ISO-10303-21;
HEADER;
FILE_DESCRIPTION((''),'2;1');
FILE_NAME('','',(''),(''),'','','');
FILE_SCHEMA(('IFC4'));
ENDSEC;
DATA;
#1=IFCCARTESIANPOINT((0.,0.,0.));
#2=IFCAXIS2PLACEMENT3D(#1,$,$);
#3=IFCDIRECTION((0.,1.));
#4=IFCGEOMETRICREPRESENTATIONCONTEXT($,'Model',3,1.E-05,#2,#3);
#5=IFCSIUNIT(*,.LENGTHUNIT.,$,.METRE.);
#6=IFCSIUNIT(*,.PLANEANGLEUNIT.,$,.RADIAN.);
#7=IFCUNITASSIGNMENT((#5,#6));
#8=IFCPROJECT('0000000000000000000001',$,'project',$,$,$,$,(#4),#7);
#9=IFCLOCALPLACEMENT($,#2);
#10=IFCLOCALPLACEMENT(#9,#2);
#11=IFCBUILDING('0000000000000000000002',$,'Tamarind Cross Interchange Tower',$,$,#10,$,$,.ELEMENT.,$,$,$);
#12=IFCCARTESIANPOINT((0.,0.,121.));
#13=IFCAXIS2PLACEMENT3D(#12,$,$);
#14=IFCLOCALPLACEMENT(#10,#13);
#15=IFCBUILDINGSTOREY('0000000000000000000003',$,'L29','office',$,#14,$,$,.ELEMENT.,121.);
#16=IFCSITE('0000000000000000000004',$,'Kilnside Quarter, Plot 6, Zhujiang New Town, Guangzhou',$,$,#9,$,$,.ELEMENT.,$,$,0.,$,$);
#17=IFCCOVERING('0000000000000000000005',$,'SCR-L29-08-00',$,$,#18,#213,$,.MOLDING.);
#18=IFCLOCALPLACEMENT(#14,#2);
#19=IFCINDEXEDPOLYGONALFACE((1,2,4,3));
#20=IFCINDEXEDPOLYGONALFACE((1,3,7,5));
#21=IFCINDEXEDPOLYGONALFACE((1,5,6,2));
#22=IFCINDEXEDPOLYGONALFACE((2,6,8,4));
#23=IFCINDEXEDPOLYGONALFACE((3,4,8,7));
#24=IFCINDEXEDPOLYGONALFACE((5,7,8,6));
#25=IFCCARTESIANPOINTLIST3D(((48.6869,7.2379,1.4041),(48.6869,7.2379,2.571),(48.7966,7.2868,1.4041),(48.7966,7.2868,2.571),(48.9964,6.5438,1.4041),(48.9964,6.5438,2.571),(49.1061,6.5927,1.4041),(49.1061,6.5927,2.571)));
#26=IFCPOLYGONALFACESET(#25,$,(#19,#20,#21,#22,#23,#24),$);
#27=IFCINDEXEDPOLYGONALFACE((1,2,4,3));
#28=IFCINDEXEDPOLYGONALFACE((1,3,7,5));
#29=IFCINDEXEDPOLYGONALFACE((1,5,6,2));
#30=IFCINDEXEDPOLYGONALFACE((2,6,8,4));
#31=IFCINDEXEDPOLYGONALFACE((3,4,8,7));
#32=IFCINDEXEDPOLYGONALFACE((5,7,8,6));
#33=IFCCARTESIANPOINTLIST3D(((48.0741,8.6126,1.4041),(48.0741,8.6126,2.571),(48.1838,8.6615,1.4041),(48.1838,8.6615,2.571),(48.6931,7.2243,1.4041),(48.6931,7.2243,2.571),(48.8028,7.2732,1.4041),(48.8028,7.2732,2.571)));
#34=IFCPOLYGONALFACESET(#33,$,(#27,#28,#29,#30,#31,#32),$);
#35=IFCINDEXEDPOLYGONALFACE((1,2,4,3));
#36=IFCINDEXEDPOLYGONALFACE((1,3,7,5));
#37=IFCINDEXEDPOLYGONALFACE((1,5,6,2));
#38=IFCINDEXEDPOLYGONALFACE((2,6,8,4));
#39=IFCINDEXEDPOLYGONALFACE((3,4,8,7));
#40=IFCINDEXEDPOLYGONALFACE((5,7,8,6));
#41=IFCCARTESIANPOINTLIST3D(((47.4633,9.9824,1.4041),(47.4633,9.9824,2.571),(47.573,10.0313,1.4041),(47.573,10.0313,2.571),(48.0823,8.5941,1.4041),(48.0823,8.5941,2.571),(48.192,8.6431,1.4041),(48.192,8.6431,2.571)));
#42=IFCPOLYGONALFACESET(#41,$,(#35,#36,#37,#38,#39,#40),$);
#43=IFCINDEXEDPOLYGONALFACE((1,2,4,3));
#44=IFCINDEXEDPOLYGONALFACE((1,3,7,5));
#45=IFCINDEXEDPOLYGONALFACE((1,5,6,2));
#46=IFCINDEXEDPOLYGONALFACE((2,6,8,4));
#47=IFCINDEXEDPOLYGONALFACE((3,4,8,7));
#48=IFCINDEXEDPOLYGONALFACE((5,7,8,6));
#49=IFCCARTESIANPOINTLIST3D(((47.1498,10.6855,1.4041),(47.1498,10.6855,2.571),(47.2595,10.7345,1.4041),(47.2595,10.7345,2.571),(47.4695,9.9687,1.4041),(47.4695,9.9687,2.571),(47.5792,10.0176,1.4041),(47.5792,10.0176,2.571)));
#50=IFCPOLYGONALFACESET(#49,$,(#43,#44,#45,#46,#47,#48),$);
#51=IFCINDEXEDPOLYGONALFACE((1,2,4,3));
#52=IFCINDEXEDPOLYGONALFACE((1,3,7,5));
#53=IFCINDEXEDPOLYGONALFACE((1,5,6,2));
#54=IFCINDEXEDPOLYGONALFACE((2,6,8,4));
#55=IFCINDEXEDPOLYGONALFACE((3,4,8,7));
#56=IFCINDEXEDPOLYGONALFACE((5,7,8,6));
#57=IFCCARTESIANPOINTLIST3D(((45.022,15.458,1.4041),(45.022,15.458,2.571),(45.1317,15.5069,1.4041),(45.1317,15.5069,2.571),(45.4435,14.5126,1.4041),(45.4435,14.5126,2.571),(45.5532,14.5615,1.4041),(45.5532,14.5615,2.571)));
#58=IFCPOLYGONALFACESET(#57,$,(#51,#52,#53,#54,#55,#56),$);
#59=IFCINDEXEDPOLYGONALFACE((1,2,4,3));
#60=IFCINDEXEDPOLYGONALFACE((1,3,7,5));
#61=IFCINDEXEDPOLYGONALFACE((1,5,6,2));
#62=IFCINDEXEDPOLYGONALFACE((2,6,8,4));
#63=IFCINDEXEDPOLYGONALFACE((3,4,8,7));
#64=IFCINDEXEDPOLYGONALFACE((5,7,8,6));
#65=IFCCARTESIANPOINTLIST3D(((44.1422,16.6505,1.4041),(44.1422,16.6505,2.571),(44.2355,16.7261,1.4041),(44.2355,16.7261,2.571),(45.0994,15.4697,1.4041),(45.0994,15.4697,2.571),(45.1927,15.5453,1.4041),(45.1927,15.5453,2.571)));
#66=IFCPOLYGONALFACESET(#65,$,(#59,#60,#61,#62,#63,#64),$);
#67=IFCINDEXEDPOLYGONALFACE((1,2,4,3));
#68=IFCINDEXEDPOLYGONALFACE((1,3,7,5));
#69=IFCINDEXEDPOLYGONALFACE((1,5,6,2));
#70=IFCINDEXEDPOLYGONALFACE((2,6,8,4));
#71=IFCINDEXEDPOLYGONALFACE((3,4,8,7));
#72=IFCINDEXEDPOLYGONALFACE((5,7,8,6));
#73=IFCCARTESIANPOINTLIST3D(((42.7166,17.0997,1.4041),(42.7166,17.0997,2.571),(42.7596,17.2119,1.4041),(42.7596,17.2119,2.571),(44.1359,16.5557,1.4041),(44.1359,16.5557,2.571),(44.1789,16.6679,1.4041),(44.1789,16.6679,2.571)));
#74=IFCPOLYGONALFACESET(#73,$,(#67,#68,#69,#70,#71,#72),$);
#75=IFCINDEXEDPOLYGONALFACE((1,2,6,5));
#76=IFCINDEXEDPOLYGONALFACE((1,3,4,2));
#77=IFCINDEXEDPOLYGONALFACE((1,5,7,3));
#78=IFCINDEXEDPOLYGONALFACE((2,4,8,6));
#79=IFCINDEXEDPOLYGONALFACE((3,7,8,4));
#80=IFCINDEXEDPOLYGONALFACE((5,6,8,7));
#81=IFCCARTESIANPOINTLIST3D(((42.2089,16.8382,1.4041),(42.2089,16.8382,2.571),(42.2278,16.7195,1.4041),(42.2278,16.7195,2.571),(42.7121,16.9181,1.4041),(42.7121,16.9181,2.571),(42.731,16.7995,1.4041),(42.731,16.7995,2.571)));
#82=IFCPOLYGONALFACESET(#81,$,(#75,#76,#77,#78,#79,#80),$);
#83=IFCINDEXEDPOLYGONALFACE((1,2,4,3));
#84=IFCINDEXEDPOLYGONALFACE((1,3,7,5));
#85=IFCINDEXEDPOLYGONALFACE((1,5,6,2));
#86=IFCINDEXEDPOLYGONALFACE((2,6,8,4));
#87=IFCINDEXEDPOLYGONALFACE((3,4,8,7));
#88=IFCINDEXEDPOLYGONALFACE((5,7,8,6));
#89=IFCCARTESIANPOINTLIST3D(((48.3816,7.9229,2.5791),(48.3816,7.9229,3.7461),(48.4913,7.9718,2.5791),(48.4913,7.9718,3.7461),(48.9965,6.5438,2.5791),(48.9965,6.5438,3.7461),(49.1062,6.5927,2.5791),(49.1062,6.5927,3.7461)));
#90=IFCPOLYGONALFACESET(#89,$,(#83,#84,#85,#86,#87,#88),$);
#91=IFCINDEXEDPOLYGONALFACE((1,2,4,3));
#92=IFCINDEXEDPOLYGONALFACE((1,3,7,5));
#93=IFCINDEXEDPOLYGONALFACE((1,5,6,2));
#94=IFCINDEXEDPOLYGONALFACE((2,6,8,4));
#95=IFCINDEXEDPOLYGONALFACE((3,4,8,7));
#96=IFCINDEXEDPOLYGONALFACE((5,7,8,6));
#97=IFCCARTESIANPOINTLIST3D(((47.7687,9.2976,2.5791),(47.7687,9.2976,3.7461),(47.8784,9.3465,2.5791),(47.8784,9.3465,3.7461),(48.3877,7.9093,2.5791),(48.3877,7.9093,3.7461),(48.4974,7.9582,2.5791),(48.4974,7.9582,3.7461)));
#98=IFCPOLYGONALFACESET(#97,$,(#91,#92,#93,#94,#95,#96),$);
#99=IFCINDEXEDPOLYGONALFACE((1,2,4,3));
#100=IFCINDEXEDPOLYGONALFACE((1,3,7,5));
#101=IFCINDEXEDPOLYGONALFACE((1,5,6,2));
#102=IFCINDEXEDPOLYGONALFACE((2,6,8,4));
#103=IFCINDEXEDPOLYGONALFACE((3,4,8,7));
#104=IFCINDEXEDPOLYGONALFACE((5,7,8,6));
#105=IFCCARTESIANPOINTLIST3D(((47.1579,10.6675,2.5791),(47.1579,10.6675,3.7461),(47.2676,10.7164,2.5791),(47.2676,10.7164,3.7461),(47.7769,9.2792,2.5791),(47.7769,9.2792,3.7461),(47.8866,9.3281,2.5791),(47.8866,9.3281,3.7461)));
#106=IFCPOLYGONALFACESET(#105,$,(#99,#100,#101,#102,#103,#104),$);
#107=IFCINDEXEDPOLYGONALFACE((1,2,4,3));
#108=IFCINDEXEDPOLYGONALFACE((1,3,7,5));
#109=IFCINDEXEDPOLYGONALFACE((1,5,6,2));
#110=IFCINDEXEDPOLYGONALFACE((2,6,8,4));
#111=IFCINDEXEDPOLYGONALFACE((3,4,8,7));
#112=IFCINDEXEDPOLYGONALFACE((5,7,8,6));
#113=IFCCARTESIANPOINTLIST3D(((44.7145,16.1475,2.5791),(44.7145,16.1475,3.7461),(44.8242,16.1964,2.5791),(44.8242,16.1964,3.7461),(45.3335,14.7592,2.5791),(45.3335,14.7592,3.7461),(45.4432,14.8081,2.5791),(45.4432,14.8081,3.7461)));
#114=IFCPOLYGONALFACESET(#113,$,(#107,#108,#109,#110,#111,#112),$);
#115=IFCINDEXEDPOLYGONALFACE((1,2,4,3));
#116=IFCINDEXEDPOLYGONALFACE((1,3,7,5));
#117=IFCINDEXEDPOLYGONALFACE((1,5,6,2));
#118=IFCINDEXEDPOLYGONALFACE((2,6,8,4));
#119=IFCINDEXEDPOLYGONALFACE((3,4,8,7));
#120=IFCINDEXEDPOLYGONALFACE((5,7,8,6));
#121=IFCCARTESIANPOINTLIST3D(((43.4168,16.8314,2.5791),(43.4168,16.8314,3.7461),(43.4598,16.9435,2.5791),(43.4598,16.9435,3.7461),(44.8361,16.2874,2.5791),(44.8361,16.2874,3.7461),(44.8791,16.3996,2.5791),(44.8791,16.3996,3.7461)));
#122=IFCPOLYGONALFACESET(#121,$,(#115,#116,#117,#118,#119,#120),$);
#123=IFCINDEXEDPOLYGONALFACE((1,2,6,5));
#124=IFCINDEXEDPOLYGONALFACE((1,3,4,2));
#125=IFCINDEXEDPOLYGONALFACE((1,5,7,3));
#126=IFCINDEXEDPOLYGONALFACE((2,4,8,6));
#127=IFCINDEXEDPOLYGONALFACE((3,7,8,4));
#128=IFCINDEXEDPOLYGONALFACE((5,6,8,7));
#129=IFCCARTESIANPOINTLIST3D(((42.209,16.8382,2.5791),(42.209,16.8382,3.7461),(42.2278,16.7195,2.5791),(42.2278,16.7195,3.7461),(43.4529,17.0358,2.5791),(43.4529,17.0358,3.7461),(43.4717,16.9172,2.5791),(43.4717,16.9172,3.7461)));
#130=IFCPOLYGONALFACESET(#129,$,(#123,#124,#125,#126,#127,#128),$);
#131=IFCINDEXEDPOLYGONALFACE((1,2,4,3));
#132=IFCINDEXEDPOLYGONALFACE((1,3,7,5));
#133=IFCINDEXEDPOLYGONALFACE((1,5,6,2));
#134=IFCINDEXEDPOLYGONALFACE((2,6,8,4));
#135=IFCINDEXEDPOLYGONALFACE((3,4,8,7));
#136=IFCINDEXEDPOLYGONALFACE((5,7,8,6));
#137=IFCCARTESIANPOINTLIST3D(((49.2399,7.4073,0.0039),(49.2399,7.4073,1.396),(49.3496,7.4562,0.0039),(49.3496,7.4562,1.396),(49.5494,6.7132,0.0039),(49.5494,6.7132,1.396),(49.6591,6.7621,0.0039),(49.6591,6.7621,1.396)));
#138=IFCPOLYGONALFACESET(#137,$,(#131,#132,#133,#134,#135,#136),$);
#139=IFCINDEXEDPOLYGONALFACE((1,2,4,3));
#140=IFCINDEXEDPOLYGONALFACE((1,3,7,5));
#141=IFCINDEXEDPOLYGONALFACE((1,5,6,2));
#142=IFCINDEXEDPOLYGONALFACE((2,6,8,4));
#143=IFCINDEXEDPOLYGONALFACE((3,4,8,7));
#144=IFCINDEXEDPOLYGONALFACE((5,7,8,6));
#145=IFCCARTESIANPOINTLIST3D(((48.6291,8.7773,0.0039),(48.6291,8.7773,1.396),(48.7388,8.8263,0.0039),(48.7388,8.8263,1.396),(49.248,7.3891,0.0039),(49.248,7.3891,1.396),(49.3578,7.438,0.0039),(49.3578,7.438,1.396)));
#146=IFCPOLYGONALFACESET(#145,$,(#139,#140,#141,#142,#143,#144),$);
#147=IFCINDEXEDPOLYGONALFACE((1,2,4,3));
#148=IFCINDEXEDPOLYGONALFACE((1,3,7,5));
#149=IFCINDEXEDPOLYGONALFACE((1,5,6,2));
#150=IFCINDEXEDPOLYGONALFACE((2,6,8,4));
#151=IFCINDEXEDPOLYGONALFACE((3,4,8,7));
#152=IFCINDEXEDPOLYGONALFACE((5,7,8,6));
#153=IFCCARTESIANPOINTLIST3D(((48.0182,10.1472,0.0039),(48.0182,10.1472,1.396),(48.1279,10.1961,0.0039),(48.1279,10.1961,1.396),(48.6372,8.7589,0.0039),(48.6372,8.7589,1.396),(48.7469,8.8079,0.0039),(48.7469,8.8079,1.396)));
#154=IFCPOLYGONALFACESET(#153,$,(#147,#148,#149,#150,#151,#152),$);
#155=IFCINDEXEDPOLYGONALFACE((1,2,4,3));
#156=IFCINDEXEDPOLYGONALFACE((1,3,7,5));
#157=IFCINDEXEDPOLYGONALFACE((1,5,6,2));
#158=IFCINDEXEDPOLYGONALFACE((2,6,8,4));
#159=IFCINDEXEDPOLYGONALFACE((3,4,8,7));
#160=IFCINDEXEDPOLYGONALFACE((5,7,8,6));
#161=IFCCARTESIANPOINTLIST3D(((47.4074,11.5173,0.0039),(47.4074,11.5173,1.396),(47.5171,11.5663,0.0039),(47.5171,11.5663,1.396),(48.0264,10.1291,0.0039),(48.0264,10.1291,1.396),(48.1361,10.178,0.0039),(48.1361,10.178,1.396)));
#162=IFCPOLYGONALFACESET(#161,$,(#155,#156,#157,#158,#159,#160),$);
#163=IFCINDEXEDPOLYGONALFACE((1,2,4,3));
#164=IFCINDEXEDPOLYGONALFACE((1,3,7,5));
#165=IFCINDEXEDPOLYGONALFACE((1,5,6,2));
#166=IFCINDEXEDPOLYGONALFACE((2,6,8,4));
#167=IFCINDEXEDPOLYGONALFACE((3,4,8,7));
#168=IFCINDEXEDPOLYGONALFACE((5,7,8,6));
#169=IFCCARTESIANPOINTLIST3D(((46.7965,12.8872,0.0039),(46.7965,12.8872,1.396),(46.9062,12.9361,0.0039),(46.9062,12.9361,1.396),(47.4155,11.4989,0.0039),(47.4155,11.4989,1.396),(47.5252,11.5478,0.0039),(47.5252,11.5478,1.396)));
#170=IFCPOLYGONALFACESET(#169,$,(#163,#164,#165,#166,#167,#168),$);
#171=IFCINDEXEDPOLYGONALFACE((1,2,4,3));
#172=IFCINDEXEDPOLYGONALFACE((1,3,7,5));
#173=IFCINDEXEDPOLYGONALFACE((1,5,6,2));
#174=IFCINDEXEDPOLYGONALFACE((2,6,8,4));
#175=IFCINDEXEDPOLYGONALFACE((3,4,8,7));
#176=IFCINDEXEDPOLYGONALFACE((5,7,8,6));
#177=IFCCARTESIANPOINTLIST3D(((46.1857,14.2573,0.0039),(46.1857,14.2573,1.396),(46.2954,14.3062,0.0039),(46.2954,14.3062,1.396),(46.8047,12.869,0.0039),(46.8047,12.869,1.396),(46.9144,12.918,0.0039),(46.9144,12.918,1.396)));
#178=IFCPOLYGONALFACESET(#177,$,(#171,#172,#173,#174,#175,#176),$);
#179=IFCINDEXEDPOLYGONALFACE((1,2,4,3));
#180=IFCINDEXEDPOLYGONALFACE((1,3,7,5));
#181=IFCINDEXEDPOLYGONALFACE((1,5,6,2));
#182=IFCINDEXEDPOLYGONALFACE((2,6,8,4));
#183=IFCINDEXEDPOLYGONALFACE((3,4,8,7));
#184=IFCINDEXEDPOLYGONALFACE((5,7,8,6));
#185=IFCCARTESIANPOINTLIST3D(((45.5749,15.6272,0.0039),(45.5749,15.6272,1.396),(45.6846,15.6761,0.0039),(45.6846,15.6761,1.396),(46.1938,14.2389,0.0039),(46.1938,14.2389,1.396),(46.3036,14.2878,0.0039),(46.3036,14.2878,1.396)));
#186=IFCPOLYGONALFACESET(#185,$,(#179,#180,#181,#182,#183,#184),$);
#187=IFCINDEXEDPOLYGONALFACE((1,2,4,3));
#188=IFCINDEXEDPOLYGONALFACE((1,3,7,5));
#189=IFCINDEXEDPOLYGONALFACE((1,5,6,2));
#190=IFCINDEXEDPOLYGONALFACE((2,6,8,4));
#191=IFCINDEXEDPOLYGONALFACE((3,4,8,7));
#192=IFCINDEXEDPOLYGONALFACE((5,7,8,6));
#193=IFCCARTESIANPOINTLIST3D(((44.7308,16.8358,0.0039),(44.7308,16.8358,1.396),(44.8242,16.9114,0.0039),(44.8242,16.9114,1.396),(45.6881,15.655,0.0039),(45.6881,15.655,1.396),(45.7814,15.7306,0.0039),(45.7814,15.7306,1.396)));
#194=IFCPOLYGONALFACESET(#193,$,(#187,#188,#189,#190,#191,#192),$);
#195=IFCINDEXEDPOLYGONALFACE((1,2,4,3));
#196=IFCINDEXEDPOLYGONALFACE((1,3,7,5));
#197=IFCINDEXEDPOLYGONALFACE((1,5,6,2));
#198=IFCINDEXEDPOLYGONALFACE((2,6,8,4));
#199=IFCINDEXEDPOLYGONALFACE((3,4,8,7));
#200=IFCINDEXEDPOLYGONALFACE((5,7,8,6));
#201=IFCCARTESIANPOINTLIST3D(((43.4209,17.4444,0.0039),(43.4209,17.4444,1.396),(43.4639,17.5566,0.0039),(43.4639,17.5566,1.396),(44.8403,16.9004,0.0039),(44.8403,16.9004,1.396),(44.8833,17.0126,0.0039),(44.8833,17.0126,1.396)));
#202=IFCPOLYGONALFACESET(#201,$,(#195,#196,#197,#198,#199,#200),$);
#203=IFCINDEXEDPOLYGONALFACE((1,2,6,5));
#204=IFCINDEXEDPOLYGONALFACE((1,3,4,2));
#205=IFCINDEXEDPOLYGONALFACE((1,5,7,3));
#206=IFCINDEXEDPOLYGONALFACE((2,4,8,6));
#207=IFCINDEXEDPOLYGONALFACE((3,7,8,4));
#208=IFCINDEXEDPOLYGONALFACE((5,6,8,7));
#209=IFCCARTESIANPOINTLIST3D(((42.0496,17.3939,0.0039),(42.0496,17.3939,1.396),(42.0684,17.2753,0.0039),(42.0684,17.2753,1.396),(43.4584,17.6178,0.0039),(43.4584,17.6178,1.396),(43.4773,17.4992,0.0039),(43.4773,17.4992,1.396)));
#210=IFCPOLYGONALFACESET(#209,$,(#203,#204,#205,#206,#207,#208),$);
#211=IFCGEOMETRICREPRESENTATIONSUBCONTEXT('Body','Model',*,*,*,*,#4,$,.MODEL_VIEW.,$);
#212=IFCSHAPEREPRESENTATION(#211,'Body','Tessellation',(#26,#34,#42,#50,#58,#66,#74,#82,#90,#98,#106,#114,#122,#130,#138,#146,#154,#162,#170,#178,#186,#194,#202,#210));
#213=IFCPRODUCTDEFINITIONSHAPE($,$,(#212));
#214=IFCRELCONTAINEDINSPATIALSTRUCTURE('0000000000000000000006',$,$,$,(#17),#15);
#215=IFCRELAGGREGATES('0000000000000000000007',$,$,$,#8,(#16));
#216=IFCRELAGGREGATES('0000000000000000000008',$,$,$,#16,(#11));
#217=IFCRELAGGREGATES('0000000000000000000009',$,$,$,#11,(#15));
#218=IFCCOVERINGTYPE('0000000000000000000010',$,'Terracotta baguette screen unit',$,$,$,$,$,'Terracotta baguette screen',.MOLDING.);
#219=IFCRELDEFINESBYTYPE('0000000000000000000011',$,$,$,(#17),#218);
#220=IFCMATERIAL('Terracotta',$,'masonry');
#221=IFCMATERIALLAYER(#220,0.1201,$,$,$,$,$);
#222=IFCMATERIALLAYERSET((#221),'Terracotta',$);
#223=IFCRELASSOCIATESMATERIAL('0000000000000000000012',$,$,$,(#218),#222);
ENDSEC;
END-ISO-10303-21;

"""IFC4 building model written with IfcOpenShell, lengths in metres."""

from ifc_helpers import new_model, si_unit, direction, frame, origin, origin_2d, place, context, subcontext, project, spatial, rectangle, extrude, material, layer, layer_set, type_object, element, save


model = new_model("IFC4")

# Units and contexts
model_context = context("Model", 3, precision=1e-05, world=origin(), true_north=direction((0.0, 1.0)))
body_context = subcontext(model_context, "Body", "Model", "MODEL_VIEW")
ifc_project = project(units=[si_unit("LENGTHUNIT", "METRE"), si_unit("PLANEANGLEUNIT", "RADIAN")], contexts=[model_context])

# Site, building, storey
site_placement = place(None, origin())
site = spatial("IfcSite", under=ifc_project, at=site_placement, Name="Kilnside Quarter, Plot 6, Zhujiang New Town, Guangzhou", CompositionType="ELEMENT", RefElevation=0.0)
building_placement = place(site_placement, origin())
building = spatial("IfcBuilding", under=site, at=building_placement, Name="Tamarind Cross Interchange Tower", CompositionType="ELEMENT")
storey_placement = place(building_placement, frame((0.0, 0.0, 121.0)))
storey = spatial("IfcBuildingStorey", under=building, at=storey_placement, Name="L29", Description="office", CompositionType="ELEMENT", Elevation=121.0)

# Covering
ifc_material_1 = material(Name="Terracotta", Category="masonry")
ifc_layer_1 = layer(ifc_material_1, 0.1201)
ifc_layer_set_1 = layer_set([ifc_layer_1], Name="Terracotta")
covering_type = type_object("IfcCoveringType", Name="Terracotta baguette screen unit", ElementType="Terracotta baguette screen", PredefinedType="MOLDING", material=ifc_layer_set_1)
covering_1_placement = place(storey_placement, origin())
element("IfcCovering", 1, at=covering_1_placement, inside=storey, type_object=covering_type, Name="SCR-L29-08-00", PredefinedType="MOLDING", context=body_context, shape_type="SweptSolid", body=[
    extrude(rectangle(XDim=0.76, YDim=0.1201, at=origin_2d()), frame((48.8965, 6.9153, 1.4041), z_axis=(0.0, 0.0, 1.0), x_axis=(-0.407221, 0.91333, 0.0)), (0.0, 0.0, 1.0), 1.167),
    extrude(rectangle(XDim=1.52, YDim=0.1201, at=origin_2d()), frame((48.4385, 7.9429, 1.4041), z_axis=(0.0, 0.0, 1.0), x_axis=(-0.407221, 0.91333, 0.0)), (0.0, 0.0, 1.0), 1.167),
    extrude(rectangle(XDim=1.52, YDim=0.1201, at=origin_2d()), frame((47.8276, 9.3127, 1.4041), z_axis=(0.0, 0.0, 1.0), x_axis=(-0.407221, 0.91333, 0.0)), (0.0, 0.0, 1.0), 1.167),
    extrude(rectangle(XDim=0.7849, YDim=0.1201, at=origin_2d()), frame((47.3645, 10.3516, 1.4041), z_axis=(0.0, 0.0, 1.0), x_axis=(-0.407221, 0.91333, 0.0)), (0.0, 0.0, 1.0), 1.167),
    extrude(rectangle(XDim=1.0352, YDim=0.1201, at=origin_2d()), frame((45.2876, 15.0098, 1.4041), z_axis=(0.0, 0.0, 1.0), x_axis=(-0.407221, 0.91333, 0.0)), (0.0, 0.0, 1.0), 1.167),
    extrude(rectangle(XDim=1.52, YDim=0.1201, at=origin_2d()), frame((44.6675, 16.0979, 1.4041), z_axis=(0.0, 0.0, 1.0), x_axis=(-0.629733, 0.776812, 0.0)), (0.0, 0.0, 1.0), 1.167),
    extrude(rectangle(XDim=1.52, YDim=0.1201, at=origin_2d()), frame((43.4478, 16.8838, 1.4041), z_axis=(0.0, 0.0, 1.0), x_axis=(-0.93377, 0.357873, 0.0)), (0.0, 0.0, 1.0), 1.167),
    extrude(rectangle(XDim=0.5095, YDim=0.1201, at=origin_2d()), frame((42.47, 16.8188, 1.4041), z_axis=(0.0, 0.0, 1.0), x_axis=(-0.987605, -0.156958, 0.0)), (0.0, 0.0, 1.0), 1.167),
    extrude(rectangle(XDim=1.51, YDim=0.1201, at=origin_2d()), frame((48.7439, 7.2578, 2.5791), z_axis=(0.0, 0.0, 1.0), x_axis=(-0.407221, 0.91333, 0.0)), (0.0, 0.0, 1.0), 1.167),
    extrude(rectangle(XDim=1.52, YDim=0.1201, at=origin_2d()), frame((48.1331, 8.6279, 2.5791), z_axis=(0.0, 0.0, 1.0), x_axis=(-0.407221, 0.91333, 0.0)), (0.0, 0.0, 1.0), 1.167),
    extrude(rectangle(XDim=1.52, YDim=0.1201, at=origin_2d()), frame((47.5222, 9.9978, 2.5791), z_axis=(0.0, 0.0, 1.0), x_axis=(-0.407221, 0.91333, 0.0)), (0.0, 0.0, 1.0), 1.167),
    extrude(rectangle(XDim=1.52, YDim=0.1201, at=origin_2d()), frame((45.0789, 15.4778, 2.5791), z_axis=(0.0, 0.0, 1.0), x_axis=(-0.407221, 0.91333, 0.0)), (0.0, 0.0, 1.0), 1.167),
    extrude(rectangle(XDim=1.52, YDim=0.1201, at=origin_2d()), frame((44.1479, 16.6155, 2.5791), z_axis=(0.0, 0.0, 1.0), x_axis=(-0.93377, 0.357873, 0.0)), (0.0, 0.0, 1.0), 1.167),
    extrude(rectangle(XDim=1.2595, YDim=0.1201, at=origin_2d()), frame((42.8403, 16.8777, 2.5791), z_axis=(0.0, 0.0, 1.0), x_axis=(-0.987605, -0.156958, 0.0)), (0.0, 0.0, 1.0), 1.167),
    extrude(rectangle(XDim=0.76, YDim=0.1201, at=origin_2d()), frame((49.4495, 7.0847, 0.0039), z_axis=(0.0, 0.0, 1.0), x_axis=(-0.407221, 0.91333, 0.0)), (0.0, 0.0, 1.0), 1.3921),
    extrude(rectangle(XDim=1.52, YDim=0.1201, at=origin_2d()), frame((48.9934, 8.1077, 0.0039), z_axis=(0.0, 0.0, 1.0), x_axis=(-0.407221, 0.91333, 0.0)), (0.0, 0.0, 1.0), 1.3921),
    extrude(rectangle(XDim=1.52, YDim=0.1201, at=origin_2d()), frame((48.3826, 9.4775, 0.0039), z_axis=(0.0, 0.0, 1.0), x_axis=(-0.407221, 0.91333, 0.0)), (0.0, 0.0, 1.0), 1.3921),
    extrude(rectangle(XDim=1.52, YDim=0.1201, at=origin_2d()), frame((47.7717, 10.8477, 0.0039), z_axis=(0.0, 0.0, 1.0), x_axis=(-0.407221, 0.91333, 0.0)), (0.0, 0.0, 1.0), 1.3921),
    extrude(rectangle(XDim=1.52, YDim=0.1201, at=origin_2d()), frame((47.1609, 12.2175, 0.0039), z_axis=(0.0, 0.0, 1.0), x_axis=(-0.407221, 0.91333, 0.0)), (0.0, 0.0, 1.0), 1.3921),
    extrude(rectangle(XDim=1.52, YDim=0.1201, at=origin_2d()), frame((46.55, 13.5876, 0.0039), z_axis=(0.0, 0.0, 1.0), x_axis=(-0.407221, 0.91333, 0.0)), (0.0, 0.0, 1.0), 1.3921),
    extrude(rectangle(XDim=1.52, YDim=0.1201, at=origin_2d()), frame((45.9392, 14.9575, 0.0039), z_axis=(0.0, 0.0, 1.0), x_axis=(-0.407221, 0.91333, 0.0)), (0.0, 0.0, 1.0), 1.3921),
    extrude(rectangle(XDim=1.52, YDim=0.1201, at=origin_2d()), frame((45.2561, 16.2832, 0.0039), z_axis=(0.0, 0.0, 1.0), x_axis=(-0.629733, 0.776812, 0.0)), (0.0, 0.0, 1.0), 1.3921),
    extrude(rectangle(XDim=1.52, YDim=0.1201, at=origin_2d()), frame((44.1521, 17.2285, 0.0039), z_axis=(0.0, 0.0, 1.0), x_axis=(-0.93377, 0.357873, 0.0)), (0.0, 0.0, 1.0), 1.3921),
    extrude(rectangle(XDim=1.4265, YDim=0.1201, at=origin_2d()), frame((42.7634, 17.4465, 0.0039), z_axis=(0.0, 0.0, 1.0), x_axis=(-0.987605, -0.156958, 0.0)), (0.0, 0.0, 1.0), 1.3921),
])

save(model, "model.ifc")
